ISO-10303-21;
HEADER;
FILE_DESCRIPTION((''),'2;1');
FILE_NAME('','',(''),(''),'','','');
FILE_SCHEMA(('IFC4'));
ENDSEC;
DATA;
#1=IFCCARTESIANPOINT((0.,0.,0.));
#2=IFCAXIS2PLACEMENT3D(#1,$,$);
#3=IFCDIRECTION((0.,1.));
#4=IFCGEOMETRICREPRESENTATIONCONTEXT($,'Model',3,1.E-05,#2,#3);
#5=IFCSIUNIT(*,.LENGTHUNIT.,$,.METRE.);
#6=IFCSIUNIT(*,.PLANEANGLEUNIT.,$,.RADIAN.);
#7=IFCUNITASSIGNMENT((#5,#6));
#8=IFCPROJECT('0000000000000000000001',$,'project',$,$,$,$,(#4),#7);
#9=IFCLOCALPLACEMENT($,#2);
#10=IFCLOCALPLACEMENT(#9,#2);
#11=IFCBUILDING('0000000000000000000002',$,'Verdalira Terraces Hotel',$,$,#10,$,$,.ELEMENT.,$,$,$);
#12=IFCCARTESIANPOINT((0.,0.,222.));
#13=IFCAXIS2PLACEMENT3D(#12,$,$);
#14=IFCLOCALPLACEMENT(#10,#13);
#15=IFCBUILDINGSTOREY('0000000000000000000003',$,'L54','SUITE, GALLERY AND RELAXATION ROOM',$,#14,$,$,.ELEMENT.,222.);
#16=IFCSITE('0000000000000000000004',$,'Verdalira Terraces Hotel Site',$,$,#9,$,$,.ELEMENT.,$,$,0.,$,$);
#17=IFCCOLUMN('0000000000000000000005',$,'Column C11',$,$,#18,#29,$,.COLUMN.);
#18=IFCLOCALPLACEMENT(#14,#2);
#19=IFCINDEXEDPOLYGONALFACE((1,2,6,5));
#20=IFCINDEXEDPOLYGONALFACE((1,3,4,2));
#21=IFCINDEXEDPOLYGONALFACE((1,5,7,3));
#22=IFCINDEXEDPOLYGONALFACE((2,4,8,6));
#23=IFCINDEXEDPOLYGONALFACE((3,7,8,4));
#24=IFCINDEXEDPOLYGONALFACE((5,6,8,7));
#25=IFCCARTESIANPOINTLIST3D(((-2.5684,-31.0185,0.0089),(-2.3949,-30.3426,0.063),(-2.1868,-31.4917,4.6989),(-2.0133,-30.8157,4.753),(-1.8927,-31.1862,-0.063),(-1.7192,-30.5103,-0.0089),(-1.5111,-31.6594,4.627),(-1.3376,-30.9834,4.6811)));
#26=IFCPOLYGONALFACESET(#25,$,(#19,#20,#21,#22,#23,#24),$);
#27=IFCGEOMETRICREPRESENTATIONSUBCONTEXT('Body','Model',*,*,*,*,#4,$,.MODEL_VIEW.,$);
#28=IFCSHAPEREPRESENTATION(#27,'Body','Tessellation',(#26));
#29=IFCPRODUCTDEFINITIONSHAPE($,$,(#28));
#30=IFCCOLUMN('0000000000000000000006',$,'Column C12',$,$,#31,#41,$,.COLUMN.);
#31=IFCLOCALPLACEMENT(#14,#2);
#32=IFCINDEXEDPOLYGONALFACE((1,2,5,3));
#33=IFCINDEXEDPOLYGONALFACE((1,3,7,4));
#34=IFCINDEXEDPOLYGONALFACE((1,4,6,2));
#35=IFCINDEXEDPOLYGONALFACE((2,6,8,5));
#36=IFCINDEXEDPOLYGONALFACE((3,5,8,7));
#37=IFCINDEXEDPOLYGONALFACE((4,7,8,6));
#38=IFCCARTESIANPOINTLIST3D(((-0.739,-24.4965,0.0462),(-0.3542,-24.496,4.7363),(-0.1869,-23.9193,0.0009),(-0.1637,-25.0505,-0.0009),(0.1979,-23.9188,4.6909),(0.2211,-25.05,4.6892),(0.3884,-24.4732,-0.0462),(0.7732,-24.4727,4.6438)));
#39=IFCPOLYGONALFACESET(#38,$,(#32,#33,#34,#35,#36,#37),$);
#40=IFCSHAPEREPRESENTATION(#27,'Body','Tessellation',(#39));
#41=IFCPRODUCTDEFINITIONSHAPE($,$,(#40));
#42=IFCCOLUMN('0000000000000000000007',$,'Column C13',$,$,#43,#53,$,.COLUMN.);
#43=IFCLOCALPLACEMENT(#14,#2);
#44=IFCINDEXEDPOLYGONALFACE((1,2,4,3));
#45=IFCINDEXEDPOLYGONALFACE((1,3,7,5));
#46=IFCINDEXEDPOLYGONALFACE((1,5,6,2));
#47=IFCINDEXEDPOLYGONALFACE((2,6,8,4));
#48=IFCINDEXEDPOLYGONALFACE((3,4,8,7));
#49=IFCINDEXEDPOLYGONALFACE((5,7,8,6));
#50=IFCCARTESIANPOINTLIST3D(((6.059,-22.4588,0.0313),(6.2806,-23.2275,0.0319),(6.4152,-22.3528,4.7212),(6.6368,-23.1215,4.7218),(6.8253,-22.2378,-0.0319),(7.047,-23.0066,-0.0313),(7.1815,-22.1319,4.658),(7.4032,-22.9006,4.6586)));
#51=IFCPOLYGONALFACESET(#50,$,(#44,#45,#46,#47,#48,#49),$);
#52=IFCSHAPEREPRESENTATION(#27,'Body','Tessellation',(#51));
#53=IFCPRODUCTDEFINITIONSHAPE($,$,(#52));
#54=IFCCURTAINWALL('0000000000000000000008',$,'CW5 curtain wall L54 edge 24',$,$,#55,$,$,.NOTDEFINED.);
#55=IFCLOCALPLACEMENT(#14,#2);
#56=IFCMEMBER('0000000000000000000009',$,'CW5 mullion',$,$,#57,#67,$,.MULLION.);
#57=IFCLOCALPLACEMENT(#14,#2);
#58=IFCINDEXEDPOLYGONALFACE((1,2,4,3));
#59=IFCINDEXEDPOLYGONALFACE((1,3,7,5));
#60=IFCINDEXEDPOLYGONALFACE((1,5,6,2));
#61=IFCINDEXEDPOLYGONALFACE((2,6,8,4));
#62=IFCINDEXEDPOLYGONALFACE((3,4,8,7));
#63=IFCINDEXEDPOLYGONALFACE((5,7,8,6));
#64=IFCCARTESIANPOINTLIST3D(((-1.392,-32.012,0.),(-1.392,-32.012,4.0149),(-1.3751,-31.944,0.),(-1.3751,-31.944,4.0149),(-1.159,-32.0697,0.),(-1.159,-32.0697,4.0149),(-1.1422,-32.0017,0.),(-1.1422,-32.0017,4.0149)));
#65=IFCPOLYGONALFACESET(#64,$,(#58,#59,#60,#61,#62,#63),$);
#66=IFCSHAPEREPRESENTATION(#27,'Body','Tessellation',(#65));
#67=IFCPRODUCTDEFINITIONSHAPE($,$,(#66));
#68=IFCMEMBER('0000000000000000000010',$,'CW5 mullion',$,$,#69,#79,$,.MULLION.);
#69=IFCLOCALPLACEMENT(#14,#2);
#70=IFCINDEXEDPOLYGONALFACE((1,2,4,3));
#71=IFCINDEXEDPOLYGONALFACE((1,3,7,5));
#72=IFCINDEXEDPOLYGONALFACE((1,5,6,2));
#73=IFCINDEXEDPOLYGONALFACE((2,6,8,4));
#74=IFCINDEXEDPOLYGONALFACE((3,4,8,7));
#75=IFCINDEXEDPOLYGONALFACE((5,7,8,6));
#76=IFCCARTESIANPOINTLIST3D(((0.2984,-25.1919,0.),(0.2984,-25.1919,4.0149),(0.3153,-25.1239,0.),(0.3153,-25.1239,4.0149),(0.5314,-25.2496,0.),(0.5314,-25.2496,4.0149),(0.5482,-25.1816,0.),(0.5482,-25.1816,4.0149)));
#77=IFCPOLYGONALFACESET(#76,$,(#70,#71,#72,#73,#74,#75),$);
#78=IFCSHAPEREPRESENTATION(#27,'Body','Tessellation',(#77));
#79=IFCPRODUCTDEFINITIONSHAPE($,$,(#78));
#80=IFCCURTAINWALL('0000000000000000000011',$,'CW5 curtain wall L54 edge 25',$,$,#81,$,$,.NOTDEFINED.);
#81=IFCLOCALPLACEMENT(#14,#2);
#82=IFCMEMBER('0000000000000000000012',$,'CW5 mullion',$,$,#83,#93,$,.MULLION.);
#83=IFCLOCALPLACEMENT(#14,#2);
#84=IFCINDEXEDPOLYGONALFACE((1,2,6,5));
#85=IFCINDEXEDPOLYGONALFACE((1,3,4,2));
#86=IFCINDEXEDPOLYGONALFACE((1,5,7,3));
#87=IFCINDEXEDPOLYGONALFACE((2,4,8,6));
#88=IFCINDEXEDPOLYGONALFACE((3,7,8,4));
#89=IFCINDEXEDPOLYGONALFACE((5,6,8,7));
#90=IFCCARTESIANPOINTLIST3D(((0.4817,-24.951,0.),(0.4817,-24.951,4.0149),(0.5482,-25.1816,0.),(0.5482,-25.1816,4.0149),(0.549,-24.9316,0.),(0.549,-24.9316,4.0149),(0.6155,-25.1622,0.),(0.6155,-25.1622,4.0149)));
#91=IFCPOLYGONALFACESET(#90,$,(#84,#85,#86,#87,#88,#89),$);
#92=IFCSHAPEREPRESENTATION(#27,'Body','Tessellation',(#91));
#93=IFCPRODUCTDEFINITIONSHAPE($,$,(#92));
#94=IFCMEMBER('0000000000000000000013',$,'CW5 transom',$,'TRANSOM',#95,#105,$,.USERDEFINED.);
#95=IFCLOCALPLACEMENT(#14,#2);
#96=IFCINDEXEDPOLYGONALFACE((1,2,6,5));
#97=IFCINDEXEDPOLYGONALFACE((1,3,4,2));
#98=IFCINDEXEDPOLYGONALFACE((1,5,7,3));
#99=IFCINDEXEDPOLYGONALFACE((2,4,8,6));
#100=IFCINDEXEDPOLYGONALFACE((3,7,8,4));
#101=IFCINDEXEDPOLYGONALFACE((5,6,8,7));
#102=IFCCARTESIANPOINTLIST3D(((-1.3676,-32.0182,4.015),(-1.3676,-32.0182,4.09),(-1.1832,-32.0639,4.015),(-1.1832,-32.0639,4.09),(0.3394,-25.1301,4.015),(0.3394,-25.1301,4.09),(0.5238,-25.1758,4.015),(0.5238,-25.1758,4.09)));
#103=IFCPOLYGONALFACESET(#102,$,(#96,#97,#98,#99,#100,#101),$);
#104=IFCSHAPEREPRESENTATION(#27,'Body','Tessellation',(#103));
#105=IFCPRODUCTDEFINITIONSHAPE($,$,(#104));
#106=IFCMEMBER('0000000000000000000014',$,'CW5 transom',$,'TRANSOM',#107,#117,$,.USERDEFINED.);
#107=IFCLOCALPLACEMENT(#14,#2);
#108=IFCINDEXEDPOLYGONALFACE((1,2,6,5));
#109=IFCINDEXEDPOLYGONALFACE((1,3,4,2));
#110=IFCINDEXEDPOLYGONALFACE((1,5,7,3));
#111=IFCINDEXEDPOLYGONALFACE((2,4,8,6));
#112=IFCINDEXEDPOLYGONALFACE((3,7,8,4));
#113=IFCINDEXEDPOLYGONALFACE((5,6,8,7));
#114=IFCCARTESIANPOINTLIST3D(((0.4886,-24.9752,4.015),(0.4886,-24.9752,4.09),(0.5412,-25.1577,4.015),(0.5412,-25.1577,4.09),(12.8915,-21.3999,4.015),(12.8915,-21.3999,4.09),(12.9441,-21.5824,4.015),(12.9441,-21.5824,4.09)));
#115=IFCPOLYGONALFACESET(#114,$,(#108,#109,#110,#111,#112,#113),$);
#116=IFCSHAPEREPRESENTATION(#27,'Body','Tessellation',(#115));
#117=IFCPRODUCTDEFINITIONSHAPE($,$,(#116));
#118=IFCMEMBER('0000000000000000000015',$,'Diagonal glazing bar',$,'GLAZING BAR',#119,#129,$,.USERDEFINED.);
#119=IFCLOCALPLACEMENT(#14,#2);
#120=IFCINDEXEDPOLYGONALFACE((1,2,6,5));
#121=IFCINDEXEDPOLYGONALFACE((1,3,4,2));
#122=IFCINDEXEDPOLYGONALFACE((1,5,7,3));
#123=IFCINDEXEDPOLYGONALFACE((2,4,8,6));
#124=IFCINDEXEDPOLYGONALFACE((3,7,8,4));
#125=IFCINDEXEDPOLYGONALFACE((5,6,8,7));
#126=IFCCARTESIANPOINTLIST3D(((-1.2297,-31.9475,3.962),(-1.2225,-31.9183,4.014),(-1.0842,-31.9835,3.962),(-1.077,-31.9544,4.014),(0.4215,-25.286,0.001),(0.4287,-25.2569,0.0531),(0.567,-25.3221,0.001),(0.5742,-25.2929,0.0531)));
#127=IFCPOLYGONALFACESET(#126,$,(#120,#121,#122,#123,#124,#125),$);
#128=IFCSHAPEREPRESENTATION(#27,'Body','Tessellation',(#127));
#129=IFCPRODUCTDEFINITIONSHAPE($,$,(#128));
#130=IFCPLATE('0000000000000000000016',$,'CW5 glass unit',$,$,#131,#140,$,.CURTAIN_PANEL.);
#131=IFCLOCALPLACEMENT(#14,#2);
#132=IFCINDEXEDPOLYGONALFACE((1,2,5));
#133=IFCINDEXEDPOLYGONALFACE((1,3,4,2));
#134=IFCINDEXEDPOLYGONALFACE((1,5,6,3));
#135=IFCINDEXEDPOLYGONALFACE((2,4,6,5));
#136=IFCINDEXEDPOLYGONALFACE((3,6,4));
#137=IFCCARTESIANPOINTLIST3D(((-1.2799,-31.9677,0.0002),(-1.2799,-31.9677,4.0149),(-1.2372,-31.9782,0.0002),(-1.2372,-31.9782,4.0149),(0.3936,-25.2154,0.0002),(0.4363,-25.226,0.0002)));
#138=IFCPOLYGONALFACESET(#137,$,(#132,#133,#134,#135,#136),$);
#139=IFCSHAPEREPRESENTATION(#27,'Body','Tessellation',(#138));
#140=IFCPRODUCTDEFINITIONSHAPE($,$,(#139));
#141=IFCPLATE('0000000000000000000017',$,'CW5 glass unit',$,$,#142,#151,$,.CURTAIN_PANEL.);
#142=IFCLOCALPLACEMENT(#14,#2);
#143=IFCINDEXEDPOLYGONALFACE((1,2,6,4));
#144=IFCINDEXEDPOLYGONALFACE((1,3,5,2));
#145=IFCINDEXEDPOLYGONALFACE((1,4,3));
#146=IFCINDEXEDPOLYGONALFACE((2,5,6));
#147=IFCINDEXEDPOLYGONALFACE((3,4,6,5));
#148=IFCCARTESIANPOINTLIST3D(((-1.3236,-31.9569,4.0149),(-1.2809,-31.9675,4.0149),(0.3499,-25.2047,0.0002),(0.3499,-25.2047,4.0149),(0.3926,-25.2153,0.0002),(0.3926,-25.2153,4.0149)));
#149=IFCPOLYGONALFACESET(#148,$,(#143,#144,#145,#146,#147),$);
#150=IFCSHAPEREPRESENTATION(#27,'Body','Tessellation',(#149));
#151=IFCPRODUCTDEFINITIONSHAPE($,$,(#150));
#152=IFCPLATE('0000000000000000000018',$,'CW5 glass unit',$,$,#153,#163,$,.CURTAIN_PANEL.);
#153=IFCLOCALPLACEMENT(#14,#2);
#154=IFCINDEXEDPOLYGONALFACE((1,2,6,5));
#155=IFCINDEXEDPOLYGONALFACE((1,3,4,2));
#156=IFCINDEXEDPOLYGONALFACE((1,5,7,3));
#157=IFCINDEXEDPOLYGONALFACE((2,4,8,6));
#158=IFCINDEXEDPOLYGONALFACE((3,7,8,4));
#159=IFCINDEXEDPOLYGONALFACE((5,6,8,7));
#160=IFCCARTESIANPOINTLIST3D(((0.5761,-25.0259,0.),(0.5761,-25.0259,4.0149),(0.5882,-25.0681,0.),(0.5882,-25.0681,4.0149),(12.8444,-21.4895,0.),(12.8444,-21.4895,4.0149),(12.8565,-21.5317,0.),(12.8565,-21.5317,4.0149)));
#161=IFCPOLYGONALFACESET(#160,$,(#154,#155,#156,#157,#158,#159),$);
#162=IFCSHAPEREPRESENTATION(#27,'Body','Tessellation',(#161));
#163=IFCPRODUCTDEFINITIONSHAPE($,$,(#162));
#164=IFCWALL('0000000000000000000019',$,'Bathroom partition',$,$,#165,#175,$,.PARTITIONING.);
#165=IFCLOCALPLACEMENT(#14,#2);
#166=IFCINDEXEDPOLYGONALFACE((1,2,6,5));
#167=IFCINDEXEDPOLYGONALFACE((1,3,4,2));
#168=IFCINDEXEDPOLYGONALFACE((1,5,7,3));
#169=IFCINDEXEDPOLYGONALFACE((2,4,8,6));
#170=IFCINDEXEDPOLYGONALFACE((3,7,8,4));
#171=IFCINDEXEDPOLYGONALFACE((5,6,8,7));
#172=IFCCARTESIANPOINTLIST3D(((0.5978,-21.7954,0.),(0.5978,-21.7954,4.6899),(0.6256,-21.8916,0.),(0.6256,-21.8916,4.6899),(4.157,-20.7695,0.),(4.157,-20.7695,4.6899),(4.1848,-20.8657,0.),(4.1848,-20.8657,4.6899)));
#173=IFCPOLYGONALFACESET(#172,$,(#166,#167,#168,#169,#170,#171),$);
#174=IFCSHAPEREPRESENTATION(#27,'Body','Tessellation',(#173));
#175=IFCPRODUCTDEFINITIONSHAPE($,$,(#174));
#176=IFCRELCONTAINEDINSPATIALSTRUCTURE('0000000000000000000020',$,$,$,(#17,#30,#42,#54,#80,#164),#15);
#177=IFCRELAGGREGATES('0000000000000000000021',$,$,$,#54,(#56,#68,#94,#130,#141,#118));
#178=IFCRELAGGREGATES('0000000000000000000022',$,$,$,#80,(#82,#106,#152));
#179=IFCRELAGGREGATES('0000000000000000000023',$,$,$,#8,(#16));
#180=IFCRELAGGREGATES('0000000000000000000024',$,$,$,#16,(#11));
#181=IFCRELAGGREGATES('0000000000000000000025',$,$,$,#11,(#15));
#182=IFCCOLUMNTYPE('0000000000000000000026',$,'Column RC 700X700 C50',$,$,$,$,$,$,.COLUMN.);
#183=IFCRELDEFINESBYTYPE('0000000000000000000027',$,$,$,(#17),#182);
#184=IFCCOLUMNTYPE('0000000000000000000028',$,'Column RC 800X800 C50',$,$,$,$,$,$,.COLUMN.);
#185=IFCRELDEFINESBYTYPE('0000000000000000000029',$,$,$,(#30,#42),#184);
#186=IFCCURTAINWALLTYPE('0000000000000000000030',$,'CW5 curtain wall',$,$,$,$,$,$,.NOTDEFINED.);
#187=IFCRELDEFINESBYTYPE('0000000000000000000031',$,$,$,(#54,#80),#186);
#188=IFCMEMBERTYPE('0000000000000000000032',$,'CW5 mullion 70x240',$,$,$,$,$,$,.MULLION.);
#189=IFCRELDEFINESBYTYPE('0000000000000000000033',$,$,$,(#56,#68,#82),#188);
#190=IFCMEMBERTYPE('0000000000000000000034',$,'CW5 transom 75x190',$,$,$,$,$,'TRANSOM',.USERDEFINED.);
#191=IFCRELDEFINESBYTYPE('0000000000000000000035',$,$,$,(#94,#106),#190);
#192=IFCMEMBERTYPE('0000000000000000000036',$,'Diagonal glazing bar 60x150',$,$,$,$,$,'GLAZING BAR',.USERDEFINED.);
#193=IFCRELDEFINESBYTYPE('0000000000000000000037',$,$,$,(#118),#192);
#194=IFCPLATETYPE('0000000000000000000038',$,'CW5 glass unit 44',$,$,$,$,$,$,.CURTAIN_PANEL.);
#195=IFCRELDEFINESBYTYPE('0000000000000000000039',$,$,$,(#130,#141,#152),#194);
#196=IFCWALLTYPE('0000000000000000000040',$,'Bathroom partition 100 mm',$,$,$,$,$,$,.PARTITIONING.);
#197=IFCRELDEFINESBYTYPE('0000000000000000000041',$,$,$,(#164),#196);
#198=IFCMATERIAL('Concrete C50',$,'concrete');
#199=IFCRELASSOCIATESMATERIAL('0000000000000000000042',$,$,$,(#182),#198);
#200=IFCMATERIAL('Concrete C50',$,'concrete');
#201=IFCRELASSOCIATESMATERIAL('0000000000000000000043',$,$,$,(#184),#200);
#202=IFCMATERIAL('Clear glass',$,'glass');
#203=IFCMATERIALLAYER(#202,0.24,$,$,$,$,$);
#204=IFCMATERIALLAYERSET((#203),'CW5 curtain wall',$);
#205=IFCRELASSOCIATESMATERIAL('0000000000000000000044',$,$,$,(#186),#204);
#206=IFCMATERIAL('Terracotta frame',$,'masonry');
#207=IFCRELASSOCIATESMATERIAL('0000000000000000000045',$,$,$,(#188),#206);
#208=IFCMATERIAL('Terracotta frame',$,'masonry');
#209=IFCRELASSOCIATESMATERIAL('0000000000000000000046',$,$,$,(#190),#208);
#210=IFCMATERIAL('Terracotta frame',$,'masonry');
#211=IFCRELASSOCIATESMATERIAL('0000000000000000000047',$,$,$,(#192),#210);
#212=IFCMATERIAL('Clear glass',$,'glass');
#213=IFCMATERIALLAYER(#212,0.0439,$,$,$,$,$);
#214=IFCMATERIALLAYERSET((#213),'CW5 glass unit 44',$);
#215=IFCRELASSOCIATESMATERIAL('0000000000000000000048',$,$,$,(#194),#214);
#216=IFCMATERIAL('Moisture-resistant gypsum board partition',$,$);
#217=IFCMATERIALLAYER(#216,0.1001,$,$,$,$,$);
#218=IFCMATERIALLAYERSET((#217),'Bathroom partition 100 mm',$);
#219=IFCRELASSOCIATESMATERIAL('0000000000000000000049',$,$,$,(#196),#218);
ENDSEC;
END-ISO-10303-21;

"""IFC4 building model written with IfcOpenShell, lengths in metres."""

from ifc_helpers import new_model, si_unit, direction, frame, frame_2d, origin, origin_2d, place, context, subcontext, project, spatial, polyline, rectangle, outline, extrude, material, layer, layer_set, material_profile, profile_set, type_object, element, aggregate, save


model = new_model("IFC4")

# Units and contexts
model_context = context("Model", 3, precision=1e-05, world=origin(), true_north=direction((0.0, 1.0)))
body_context = subcontext(model_context, "Body", "Model", "MODEL_VIEW")
ifc_project = project(units=[si_unit("LENGTHUNIT", "METRE"), si_unit("PLANEANGLEUNIT", "RADIAN")], contexts=[model_context])

# Site, building, storey
site_placement = place(None, origin())
site = spatial("IfcSite", under=ifc_project, at=site_placement, Name="Verdalira Terraces Hotel Site", CompositionType="ELEMENT", RefElevation=0.0)
building_placement = place(site_placement, origin())
building = spatial("IfcBuilding", under=site, at=building_placement, Name="Verdalira Terraces Hotel", CompositionType="ELEMENT")
storey_placement = place(building_placement, frame((0.0, 0.0, 222.0)))
storey = spatial("IfcBuildingStorey", under=building, at=storey_placement, Name="L54", Description="SUITE, GALLERY AND RELAXATION ROOM", CompositionType="ELEMENT", Elevation=222.0)

# Columns
ifc_material_1 = material(Name="Concrete C50", Category="concrete")
ifc_material_profile_1 = material_profile(ifc_material_1, rectangle(XDim=0.7, YDim=0.7, at=origin_2d()), Name="RC 700X700")
ifc_profile_set_1 = profile_set([ifc_material_profile_1], Name="Concrete C50")
column_type_1 = type_object("IfcColumnType", Name="Column RC 700X700 C50", PredefinedType="COLUMN", material=ifc_profile_set_1)
column_1_placement = place(storey_placement, frame((-2.1438, -30.7644, 0.0), z_axis=(0.080689, -0.100048, 0.991705), x_axis=(0.247853, 0.965712, 0.07726)))
element("IfcColumn", 1, at=column_1_placement, inside=storey, type_object=column_type_1, Name="Column C11", PredefinedType="COLUMN", context=body_context, shape_type="SweptSolid", body=[
    extrude(rectangle(XDim=0.7, YDim=0.7, at=origin_2d()), origin(), (0.0, 0.0, 1.0), 4.7292),
])
ifc_material_2 = material(Name="Concrete C50", Category="concrete")
ifc_material_profile_2 = material_profile(ifc_material_2, rectangle(XDim=0.8, YDim=0.8, at=origin_2d()), Name="RC 800X800")
ifc_profile_set_2 = profile_set([ifc_material_profile_2], Name="Concrete C50")
column_type_2 = type_object("IfcColumnType", Name="Column RC 800X800 C50", PredefinedType="COLUMN", material=ifc_profile_set_2)
column_2_placement = place(storey_placement, frame((-0.1753, -24.4849, 0.0), z_axis=(0.081766, 0.000104, 0.996652), x_axis=(-0.690083, -0.721506, 0.05669)))
element("IfcColumn", 2, at=column_2_placement, inside=storey, type_object=column_type_2, Name="Column C12", PredefinedType="COLUMN", context=body_context, shape_type="SweptSolid", body=[
    extrude(rectangle(XDim=0.8, YDim=0.8, at=origin_2d()), origin(), (0.0, 0.0, 1.0), 4.7058),
])
column_3_placement = place(storey_placement, frame((6.553, -22.7327, 0.0), z_axis=(0.075713, 0.022522, 0.996875), x_axis=(0.95786, 0.276161, -0.078989)))
element("IfcColumn", 3, at=column_3_placement, inside=storey, type_object=column_type_2, Name="Column C13", PredefinedType="COLUMN", context=body_context, shape_type="SweptSolid", body=[
    extrude(rectangle(XDim=0.8, YDim=0.8, at=origin_2d()), origin(), (0.0, 0.0, 1.0), 4.7046),
])

# Curtain wall, members
ifc_material_3 = material(Name="Clear glass", Category="glass")
ifc_layer_1 = layer(ifc_material_3, 0.24)
ifc_layer_set_1 = layer_set([ifc_layer_1], Name="CW5 curtain wall")
curtain_wall_type = type_object("IfcCurtainWallType", Name="CW5 curtain wall", PredefinedType="NOTDEFINED", material=ifc_layer_set_1)
curtain_wall_1_placement = place(storey_placement, origin())
curtain_wall_1 = element("IfcCurtainWall", 4, at=curtain_wall_1_placement, inside=storey, type_object=curtain_wall_type, Name="CW5 curtain wall L54 edge 24", PredefinedType="NOTDEFINED")
ifc_material_4 = material(Name="Terracotta frame", Category="masonry")
ifc_material_profile_3 = material_profile(ifc_material_4, rectangle(XDim=0.0701, YDim=0.24, at=origin_2d()), Name="MU 70x240")
ifc_profile_set_3 = profile_set([ifc_material_profile_3], Name="Terracotta frame")
member_type_1 = type_object("IfcMemberType", Name="CW5 mullion 70x240", PredefinedType="MULLION", material=ifc_profile_set_3)
member_1_placement = place(storey_placement, frame((-1.2671, -32.0068, 0.0), z_axis=(0.0, 0.0, 1.0), x_axis=(0.240567, 0.970633, 0.0)))
member_1 = element("IfcMember", 5, at=member_1_placement, type_object=member_type_1, Name="CW5 mullion", PredefinedType="MULLION", context=body_context, shape_type="SweptSolid", body=[
    extrude(rectangle(XDim=0.0701, YDim=0.24, at=origin_2d()), origin(), (0.0, 0.0, 1.0), 4.0149),
])
member_2_placement = place(storey_placement, frame((0.4233, -25.1868, 0.0), z_axis=(0.0, 0.0, 1.0), x_axis=(0.240567, 0.970633, 0.0)))
member_2 = element("IfcMember", 6, at=member_2_placement, type_object=member_type_1, Name="CW5 mullion", PredefinedType="MULLION", context=body_context, shape_type="SweptSolid", body=[
    extrude(rectangle(XDim=0.0701, YDim=0.24, at=origin_2d()), origin(), (0.0, 0.0, 1.0), 4.0149),
])

# Curtain wall, member
curtain_wall_2_placement = place(storey_placement, origin())
curtain_wall_2 = element("IfcCurtainWall", 7, at=curtain_wall_2_placement, inside=storey, type_object=curtain_wall_type, Name="CW5 curtain wall L54 edge 25", PredefinedType="NOTDEFINED")
member_3_placement = place(storey_placement, frame((0.5486, -25.0566, 0.0), z_axis=(0.0, 0.0, 1.0), x_axis=(0.960876, 0.276979, 0.0)))
member_3 = element("IfcMember", 8, at=member_3_placement, type_object=member_type_1, Name="CW5 mullion", PredefinedType="MULLION", context=body_context, shape_type="SweptSolid", body=[
    extrude(rectangle(XDim=0.0701, YDim=0.24, at=origin_2d()), origin(), (0.0, 0.0, 1.0), 4.0149),
])

# Members
ifc_material_5 = material(Name="Terracotta frame", Category="masonry")
ifc_material_profile_4 = material_profile(ifc_material_5, rectangle(XDim=0.1899, YDim=0.075, at=origin_2d()), Name="TR 75x190")
ifc_profile_set_4 = profile_set([ifc_material_profile_4], Name="Terracotta frame")
member_type_2 = type_object("IfcMemberType", Name="CW5 transom 75x190", ElementType="TRANSOM", PredefinedType="USERDEFINED", material=ifc_profile_set_4)
member_4_placement = place(storey_placement, frame((-1.2754, -32.041, 4.0525), z_axis=(0.240544, 0.970638, 0.0), x_axis=(-0.970638, 0.240544, 0.0)))
member_4 = element("IfcMember", 9, at=member_4_placement, type_object=member_type_2, Name="CW5 transom", ObjectType="TRANSOM", PredefinedType="USERDEFINED", context=body_context, shape_type="SweptSolid", body=[
    extrude(rectangle(XDim=0.1899, YDim=0.075, at=origin_2d()), origin(), (0.0, 0.0, 1.0), 7.0964),
])
member_5_placement = place(storey_placement, frame((0.5149, -25.0664, 4.0525), z_axis=(0.960876, 0.276979, 0.0), x_axis=(-0.276979, 0.960876, 0.0)))
member_5 = element("IfcMember", 10, at=member_5_placement, type_object=member_type_2, Name="CW5 transom", ObjectType="TRANSOM", PredefinedType="USERDEFINED", context=body_context, shape_type="SweptSolid", body=[
    extrude(rectangle(XDim=0.1899, YDim=0.075, at=origin_2d()), origin(), (0.0, 0.0, 1.0), 12.908),
])
ifc_material_6 = material(Name="Terracotta frame", Category="masonry")
ifc_material_profile_5 = material_profile(ifc_material_6, rectangle(XDim=0.1499, YDim=0.0601, at=origin_2d()), Name="GB 60x150")
ifc_profile_set_5 = profile_set([ifc_material_profile_5], Name="Terracotta frame")
member_type_3 = type_object("IfcMemberType", Name="Diagonal glazing bar 60x150", ElementType="GLAZING BAR", PredefinedType="USERDEFINED", material=ifc_profile_set_5)
member_6_placement = place(storey_placement, frame((-1.1533, -31.9509, 3.988), z_axis=(0.208371, 0.840662, -0.499868), x_axis=(-0.970628, 0.240585, 0.0)))
member_6 = element("IfcMember", 11, at=member_6_placement, type_object=member_type_3, Name="Diagonal glazing bar", ObjectType="GLAZING BAR", PredefinedType="USERDEFINED", context=body_context, shape_type="SweptSolid", body=[
    extrude(rectangle(XDim=0.1499, YDim=0.0601, at=origin_2d()), origin(), (0.0, 0.0, 1.0), 7.9241),
])

# Plates
ifc_material_7 = material(Name="Clear glass", Category="glass")
ifc_layer_2 = layer(ifc_material_7, 0.0439)
ifc_layer_set_2 = layer_set([ifc_layer_2], Name="CW5 glass unit 44")
plate_type = type_object("IfcPlateType", Name="CW5 glass unit 44", PredefinedType="CURTAIN_PANEL", material=ifc_layer_set_2)
plate_1_placement = place(storey_placement, frame((-0.4431, -28.5916, 2.0076), z_axis=(0.970633, -0.240567, 0.0), x_axis=(0.240567, 0.970633, 0.0)))
plate_1 = element("IfcPlate", 12, at=plate_1_placement, type_object=plate_type, Name="CW5 glass unit", PredefinedType="CURTAIN_PANEL", context=body_context, shape_type="SweptSolid", body=[
    extrude(outline(polyline([(-3.4783, -2.0073), (3.4783, -2.0073), (-3.4783, 2.0073), (-3.4783, -2.0073)])), origin(), (0.0, 0.0, 1.0), 0.0439),
])
plate_2_placement = place(storey_placement, frame((-0.4868, -28.5808, 2.0076), z_axis=(0.970633, -0.240567, 0.0), x_axis=(0.240567, 0.970633, 0.0)))
plate_2 = element("IfcPlate", 13, at=plate_2_placement, type_object=plate_type, Name="CW5 glass unit", PredefinedType="CURTAIN_PANEL", context=body_context, shape_type="SweptSolid", body=[
    extrude(outline(polyline([(3.4783, -2.0073), (3.4783, 2.0073), (-3.4783, 2.0073), (3.4783, -2.0073)])), origin(), (0.0, 0.0, 1.0), 0.0439),
])
aggregate(curtain_wall_1, [member_1, member_2, member_4, plate_1, plate_2, member_6])
plate_3_placement = place(storey_placement, frame((6.7163, -23.2788, 0.0), z_axis=(0.0, 0.0, 1.0), x_axis=(0.960876, 0.276979, 0.0)))
plate_3 = element("IfcPlate", 14, at=plate_3_placement, type_object=plate_type, Name="CW5 glass unit", PredefinedType="CURTAIN_PANEL", context=body_context, shape_type="SweptSolid", body=[
    extrude(rectangle(XDim=12.7678, YDim=0.0439, at=origin_2d()), origin(), (0.0, 0.0, 1.0), 4.0149),
])
aggregate(curtain_wall_2, [member_3, member_5, plate_3])

# Wall
ifc_material_8 = material(Name="Moisture-resistant gypsum board partition")
ifc_layer_3 = layer(ifc_material_8, 0.1001)
ifc_layer_set_3 = layer_set([ifc_layer_3], Name="Bathroom partition 100 mm")
wall_type_1 = type_object("IfcWallType", Name="Bathroom partition 100 mm", PredefinedType="PARTITIONING", material=ifc_layer_set_3)
wall_1_placement = place(storey_placement, frame((4.1709, -20.8176, 0.0), z_axis=(0.0, 0.0, 1.0), x_axis=(-0.96088, -0.276966, 0.0)))
element("IfcWall", 15, at=wall_1_placement, inside=storey, type_object=wall_type_1, Name="Bathroom partition", PredefinedType="PARTITIONING", context=body_context, shape_type="SweptSolid", body=[
    extrude(rectangle(XDim=3.7041, YDim=0.1001, at=frame_2d((1.8521, 0.0))), origin(), (0.0, 0.0, 1.0), 4.6899),
])

save(model, "model.ifc")
